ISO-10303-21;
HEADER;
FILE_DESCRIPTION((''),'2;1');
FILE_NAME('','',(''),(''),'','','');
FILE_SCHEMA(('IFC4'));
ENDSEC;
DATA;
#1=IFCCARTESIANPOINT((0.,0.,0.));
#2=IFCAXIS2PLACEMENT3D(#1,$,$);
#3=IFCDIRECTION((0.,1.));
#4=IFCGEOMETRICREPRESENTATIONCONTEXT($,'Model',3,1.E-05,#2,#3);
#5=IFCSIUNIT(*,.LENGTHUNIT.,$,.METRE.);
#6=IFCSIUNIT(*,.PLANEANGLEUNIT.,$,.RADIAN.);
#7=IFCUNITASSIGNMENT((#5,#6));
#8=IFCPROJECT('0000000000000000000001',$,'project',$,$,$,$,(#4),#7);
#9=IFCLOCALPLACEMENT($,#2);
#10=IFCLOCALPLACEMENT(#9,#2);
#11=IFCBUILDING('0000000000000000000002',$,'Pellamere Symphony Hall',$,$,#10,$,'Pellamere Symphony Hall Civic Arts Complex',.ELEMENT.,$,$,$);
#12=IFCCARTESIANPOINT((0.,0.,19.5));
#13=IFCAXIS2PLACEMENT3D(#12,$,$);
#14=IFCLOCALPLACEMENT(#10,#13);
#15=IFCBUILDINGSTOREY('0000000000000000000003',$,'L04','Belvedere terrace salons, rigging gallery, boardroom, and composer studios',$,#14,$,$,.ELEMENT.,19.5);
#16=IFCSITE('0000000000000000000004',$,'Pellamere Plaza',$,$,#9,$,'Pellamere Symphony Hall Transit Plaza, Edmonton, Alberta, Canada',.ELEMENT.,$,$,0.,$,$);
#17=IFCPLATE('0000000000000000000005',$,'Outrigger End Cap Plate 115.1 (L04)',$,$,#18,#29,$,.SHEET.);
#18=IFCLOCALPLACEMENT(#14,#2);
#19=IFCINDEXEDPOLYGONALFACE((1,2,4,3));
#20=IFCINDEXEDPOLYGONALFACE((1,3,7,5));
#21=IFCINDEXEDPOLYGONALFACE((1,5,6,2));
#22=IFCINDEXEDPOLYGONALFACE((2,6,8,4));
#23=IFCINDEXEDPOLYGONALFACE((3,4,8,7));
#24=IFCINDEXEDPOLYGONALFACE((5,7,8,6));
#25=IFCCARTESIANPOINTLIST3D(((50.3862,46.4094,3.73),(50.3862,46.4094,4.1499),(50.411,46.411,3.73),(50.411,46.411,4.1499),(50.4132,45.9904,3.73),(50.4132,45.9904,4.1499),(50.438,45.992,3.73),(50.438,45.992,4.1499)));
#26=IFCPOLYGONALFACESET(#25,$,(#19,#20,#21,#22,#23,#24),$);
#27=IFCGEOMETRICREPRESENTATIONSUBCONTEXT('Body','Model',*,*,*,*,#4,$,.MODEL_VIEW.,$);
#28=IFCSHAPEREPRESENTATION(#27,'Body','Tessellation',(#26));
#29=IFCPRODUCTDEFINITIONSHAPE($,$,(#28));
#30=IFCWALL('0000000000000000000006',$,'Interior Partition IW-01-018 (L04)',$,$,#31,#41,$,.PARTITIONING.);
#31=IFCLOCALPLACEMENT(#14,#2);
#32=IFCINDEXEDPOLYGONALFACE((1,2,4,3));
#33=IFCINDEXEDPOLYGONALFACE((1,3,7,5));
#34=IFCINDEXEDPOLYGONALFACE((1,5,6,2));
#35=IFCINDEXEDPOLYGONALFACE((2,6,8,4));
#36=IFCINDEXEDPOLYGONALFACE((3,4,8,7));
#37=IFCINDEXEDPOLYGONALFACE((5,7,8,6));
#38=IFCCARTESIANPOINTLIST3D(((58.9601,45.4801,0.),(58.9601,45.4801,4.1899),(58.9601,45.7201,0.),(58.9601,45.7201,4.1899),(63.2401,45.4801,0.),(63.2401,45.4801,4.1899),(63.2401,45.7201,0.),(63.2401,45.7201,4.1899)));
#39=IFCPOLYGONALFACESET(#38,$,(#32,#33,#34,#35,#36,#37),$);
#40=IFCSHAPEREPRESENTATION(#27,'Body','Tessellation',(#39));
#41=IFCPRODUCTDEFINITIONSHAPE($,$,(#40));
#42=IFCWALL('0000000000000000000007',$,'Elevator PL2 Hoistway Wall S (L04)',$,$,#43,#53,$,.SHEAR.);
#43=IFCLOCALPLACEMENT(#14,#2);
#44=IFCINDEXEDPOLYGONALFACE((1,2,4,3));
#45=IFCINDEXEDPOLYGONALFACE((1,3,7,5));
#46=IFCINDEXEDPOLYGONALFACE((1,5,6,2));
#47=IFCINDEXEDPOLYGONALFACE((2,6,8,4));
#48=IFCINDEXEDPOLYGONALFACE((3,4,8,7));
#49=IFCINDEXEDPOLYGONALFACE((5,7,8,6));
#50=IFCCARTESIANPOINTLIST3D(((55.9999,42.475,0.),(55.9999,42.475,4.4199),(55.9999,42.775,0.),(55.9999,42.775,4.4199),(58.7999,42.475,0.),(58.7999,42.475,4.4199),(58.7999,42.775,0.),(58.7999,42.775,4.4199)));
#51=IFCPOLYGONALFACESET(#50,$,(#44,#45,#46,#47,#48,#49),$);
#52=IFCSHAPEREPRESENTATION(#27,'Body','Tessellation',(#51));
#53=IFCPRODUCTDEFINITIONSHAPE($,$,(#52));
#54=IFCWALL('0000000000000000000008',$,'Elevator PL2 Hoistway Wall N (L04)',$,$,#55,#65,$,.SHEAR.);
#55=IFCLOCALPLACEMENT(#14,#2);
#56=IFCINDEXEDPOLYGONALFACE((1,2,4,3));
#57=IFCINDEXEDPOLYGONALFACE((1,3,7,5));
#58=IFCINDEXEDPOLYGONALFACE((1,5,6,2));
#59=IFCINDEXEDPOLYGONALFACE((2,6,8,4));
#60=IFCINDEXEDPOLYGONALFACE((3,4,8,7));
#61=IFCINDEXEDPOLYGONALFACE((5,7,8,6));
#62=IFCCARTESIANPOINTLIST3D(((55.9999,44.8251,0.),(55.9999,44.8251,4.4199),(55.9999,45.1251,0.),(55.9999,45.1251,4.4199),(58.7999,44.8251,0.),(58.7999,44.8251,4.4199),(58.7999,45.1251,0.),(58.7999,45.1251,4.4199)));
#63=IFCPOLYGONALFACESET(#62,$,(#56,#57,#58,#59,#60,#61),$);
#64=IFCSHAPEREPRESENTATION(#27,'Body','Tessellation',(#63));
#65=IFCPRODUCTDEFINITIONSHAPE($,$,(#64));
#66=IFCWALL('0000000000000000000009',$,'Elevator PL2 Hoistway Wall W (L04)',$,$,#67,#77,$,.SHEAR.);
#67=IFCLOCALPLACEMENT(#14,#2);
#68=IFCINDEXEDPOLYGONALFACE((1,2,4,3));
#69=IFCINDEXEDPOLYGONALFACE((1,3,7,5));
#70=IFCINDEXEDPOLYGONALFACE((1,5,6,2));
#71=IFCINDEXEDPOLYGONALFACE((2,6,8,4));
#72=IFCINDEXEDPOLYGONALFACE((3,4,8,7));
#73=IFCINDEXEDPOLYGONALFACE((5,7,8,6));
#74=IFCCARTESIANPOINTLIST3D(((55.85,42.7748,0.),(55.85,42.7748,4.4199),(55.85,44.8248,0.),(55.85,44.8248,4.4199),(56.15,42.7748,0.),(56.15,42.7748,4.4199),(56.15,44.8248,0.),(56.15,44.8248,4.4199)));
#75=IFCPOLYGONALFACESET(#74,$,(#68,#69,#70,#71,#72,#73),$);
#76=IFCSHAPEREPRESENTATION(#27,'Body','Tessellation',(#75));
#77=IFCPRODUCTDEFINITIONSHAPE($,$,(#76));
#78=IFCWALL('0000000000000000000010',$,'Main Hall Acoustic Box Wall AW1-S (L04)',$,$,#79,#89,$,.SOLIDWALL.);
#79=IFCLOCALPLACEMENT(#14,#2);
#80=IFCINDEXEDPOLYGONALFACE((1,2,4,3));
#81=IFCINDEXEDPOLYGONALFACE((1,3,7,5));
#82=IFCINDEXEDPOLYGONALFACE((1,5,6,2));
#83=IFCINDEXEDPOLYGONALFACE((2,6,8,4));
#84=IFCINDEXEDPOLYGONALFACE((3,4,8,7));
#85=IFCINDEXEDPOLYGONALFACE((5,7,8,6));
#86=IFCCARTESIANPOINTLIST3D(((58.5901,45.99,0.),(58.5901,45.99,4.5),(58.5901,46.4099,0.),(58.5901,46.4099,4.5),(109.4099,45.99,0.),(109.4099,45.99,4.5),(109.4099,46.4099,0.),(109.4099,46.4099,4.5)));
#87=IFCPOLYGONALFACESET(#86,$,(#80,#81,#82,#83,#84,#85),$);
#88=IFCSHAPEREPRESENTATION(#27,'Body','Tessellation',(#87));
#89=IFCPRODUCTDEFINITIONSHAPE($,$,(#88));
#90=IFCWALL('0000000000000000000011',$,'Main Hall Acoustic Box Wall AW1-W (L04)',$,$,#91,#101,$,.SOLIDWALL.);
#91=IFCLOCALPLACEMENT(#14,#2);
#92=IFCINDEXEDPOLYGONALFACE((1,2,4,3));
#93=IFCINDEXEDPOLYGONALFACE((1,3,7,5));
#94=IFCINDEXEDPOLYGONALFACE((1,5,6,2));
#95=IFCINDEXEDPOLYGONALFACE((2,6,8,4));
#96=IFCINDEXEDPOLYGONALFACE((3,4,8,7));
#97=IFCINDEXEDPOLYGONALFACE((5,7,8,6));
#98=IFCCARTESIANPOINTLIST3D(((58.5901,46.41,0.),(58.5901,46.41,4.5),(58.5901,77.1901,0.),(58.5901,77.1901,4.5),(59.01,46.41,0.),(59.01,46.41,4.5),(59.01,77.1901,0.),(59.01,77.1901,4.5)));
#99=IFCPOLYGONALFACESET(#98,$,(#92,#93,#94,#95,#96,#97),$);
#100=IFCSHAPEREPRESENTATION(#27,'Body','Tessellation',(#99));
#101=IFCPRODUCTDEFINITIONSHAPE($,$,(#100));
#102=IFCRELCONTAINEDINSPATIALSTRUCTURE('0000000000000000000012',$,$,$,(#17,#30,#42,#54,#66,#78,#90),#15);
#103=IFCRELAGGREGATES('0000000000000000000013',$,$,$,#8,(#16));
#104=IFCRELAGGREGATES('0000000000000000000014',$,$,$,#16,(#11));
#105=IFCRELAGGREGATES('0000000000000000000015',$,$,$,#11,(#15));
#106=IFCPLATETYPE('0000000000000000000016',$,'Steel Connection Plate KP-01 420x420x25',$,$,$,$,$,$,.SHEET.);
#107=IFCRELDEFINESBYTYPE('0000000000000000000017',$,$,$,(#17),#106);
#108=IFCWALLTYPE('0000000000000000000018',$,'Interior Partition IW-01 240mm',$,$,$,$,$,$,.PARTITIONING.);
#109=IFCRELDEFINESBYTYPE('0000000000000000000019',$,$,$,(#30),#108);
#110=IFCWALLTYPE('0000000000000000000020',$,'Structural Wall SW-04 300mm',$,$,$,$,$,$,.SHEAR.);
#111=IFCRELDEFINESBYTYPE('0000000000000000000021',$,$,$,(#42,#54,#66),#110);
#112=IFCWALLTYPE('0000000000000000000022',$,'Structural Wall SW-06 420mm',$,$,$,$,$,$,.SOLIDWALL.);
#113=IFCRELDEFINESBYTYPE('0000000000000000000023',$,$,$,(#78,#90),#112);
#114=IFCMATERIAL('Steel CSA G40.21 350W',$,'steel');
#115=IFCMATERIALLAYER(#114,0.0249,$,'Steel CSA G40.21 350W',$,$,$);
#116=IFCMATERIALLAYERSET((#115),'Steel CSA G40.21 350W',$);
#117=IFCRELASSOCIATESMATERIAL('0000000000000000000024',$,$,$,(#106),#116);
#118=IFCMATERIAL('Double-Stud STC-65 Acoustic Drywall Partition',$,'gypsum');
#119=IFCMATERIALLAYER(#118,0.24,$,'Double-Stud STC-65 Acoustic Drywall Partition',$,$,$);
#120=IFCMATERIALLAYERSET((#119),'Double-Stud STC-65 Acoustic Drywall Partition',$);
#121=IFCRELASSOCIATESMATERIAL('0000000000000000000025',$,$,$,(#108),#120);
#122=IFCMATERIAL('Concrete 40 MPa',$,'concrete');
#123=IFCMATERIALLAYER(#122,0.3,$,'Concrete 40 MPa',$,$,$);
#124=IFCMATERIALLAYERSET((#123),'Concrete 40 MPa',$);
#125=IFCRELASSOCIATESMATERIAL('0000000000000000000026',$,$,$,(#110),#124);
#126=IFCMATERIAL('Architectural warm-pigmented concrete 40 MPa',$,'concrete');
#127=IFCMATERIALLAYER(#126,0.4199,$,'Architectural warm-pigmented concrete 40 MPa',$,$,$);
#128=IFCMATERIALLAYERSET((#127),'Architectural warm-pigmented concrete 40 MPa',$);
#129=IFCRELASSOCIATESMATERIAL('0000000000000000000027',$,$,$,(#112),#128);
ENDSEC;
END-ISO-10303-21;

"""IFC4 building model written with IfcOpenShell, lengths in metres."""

from ifc_helpers import new_model, si_unit, direction, frame, frame_2d, origin, origin_2d, place, context, subcontext, project, spatial, rectangle, extrude, material, layer, layer_set, type_object, element, save


model = new_model("IFC4")

# Units and contexts
model_context = context("Model", 3, precision=1e-05, world=origin(), true_north=direction((0.0, 1.0)))
body_context = subcontext(model_context, "Body", "Model", "MODEL_VIEW")
ifc_project = project(units=[si_unit("LENGTHUNIT", "METRE"), si_unit("PLANEANGLEUNIT", "RADIAN")], contexts=[model_context])

# Site, building, storey
site_placement = place(None, origin())
site = spatial("IfcSite", under=ifc_project, at=site_placement, Name="Pellamere Plaza", LongName="Pellamere Symphony Hall Transit Plaza, Edmonton, Alberta, Canada", CompositionType="ELEMENT", RefElevation=0.0)
building_placement = place(site_placement, origin())
building = spatial("IfcBuilding", under=site, at=building_placement, Name="Pellamere Symphony Hall", LongName="Pellamere Symphony Hall Civic Arts Complex", CompositionType="ELEMENT")
storey_placement = place(building_placement, frame((0.0, 0.0, 19.5)))
storey = spatial("IfcBuildingStorey", under=building, at=storey_placement, Name="L04", Description="Belvedere terrace salons, rigging gallery, boardroom, and composer studios", CompositionType="ELEMENT", Elevation=19.5)

# Shared definitions
ifc_material_1 = material(Name="Concrete 40 MPa", Category="concrete")

# Shared definitions
ifc_material_2 = material(Name="Steel CSA G40.21 350W", Category="steel")

# Plate
ifc_layer_1 = layer(ifc_material_2, 0.0249, Name="Steel CSA G40.21 350W")
ifc_layer_set_1 = layer_set([ifc_layer_1], Name="Steel CSA G40.21 350W")
plate_type = type_object("IfcPlateType", Name="Steel Connection Plate KP-01 420x420x25", PredefinedType="SHEET", material=ifc_layer_set_1)
plate_placement = place(storey_placement, frame((50.4121, 46.2007, 3.73), z_axis=(0.0, 0.0, 1.0), x_axis=(-0.997927, -0.064358, 0.0)))
element("IfcPlate", 1, at=plate_placement, inside=storey, type_object=plate_type, Name="Outrigger End Cap Plate 115.1 (L04)", PredefinedType="SHEET", context=body_context, shape_type="SweptSolid", body=[
    extrude(rectangle(XDim=0.0249, YDim=0.4199, at=origin_2d()), origin(), (0.0, 0.0, 1.0), 0.4199),
])

# Walls
ifc_material_3 = material(Name="Double-Stud STC-65 Acoustic Drywall Partition", Category="gypsum")
ifc_layer_2 = layer(ifc_material_3, 0.24, Name="Double-Stud STC-65 Acoustic Drywall Partition")
ifc_layer_set_2 = layer_set([ifc_layer_2], Name="Double-Stud STC-65 Acoustic Drywall Partition")
wall_type_1 = type_object("IfcWallType", Name="Interior Partition IW-01 240mm", PredefinedType="PARTITIONING", material=ifc_layer_set_2)
wall_1_placement = place(storey_placement, frame((58.96, 45.6001, 0.0), z_axis=(0.0, 0.0, 1.0), x_axis=(1.0, 0.0, 0.0)))
element("IfcWall", 2, at=wall_1_placement, inside=storey, type_object=wall_type_1, Name="Interior Partition IW-01-018 (L04)", PredefinedType="PARTITIONING", context=body_context, shape_type="SweptSolid", body=[
    extrude(rectangle(XDim=4.28, YDim=0.24, at=frame_2d((2.1401, 0.0))), origin(), (0.0, 0.0, 1.0), 4.1899),
])
ifc_layer_3 = layer(ifc_material_1, 0.3, Name="Concrete 40 MPa")
ifc_layer_set_3 = layer_set([ifc_layer_3], Name="Concrete 40 MPa")
wall_type_2 = type_object("IfcWallType", Name="Structural Wall SW-04 300mm", PredefinedType="SHEAR", material=ifc_layer_set_3)
for number, where, z_axis, x_axis, name in (
    (3, (56.0, 42.625, 0.0), (0.0, 0.0, 1.0), (1.0, 0.0, 0.0), "Elevator PL2 Hoistway Wall S (L04)"),
    (4, (56.0, 44.9751, 0.0), (0.0, 0.0, 1.0), (1.0, 0.0, 0.0), "Elevator PL2 Hoistway Wall N (L04)"),
):
    element("IfcWall", number, at=place(storey_placement, frame(where, z_axis=z_axis, x_axis=x_axis)), inside=storey, type_object=wall_type_2, Name=name, PredefinedType="SHEAR", context=body_context, shape_type="SweptSolid", body=[
        extrude(rectangle(XDim=2.8, YDim=0.3, at=frame_2d((1.3999, 0.0))), origin(), (0.0, 0.0, 1.0), 4.4199),
    ])
wall_2_placement = place(storey_placement, frame((56.0, 42.7749, 0.0), z_axis=(0.0, 0.0, 1.0), x_axis=(0.0, 1.0, 0.0)))
element("IfcWall", 5, at=wall_2_placement, inside=storey, type_object=wall_type_2, Name="Elevator PL2 Hoistway Wall W (L04)", PredefinedType="SHEAR", context=body_context, shape_type="SweptSolid", body=[
    extrude(rectangle(XDim=2.05, YDim=0.3, at=frame_2d((1.0249, 0.0))), origin(), (0.0, 0.0, 1.0), 4.4199),
])
ifc_material_4 = material(Name="Architectural warm-pigmented concrete 40 MPa", Category="concrete")
ifc_layer_4 = layer(ifc_material_4, 0.4199, Name="Architectural warm-pigmented concrete 40 MPa")
ifc_layer_set_4 = layer_set([ifc_layer_4], Name="Architectural warm-pigmented concrete 40 MPa")
wall_type_3 = type_object("IfcWallType", Name="Structural Wall SW-06 420mm", PredefinedType="SOLIDWALL", material=ifc_layer_set_4)
wall_3_placement = place(storey_placement, frame((58.5901, 46.2, 0.0), z_axis=(0.0, 0.0, 1.0), x_axis=(1.0, 0.0, 0.0)))
element("IfcWall", 6, at=wall_3_placement, inside=storey, type_object=wall_type_3, Name="Main Hall Acoustic Box Wall AW1-S (L04)", PredefinedType="SOLIDWALL", context=body_context, shape_type="SweptSolid", body=[
    extrude(rectangle(XDim=50.8198, YDim=0.4199, at=frame_2d((25.4099, 0.0))), origin(), (0.0, 0.0, 1.0), 4.5),
])
wall_4_placement = place(storey_placement, frame((58.8, 46.4099, 0.0), z_axis=(0.0, 0.0, 1.0), x_axis=(0.0, 1.0, 0.0)))
element("IfcWall", 7, at=wall_4_placement, inside=storey, type_object=wall_type_3, Name="Main Hall Acoustic Box Wall AW1-W (L04)", PredefinedType="SOLIDWALL", context=body_context, shape_type="SweptSolid", body=[
    extrude(rectangle(XDim=30.78, YDim=0.4199, at=frame_2d((15.3901, 0.0))), origin(), (0.0, 0.0, 1.0), 4.5),
])

save(model, "model.ifc")
